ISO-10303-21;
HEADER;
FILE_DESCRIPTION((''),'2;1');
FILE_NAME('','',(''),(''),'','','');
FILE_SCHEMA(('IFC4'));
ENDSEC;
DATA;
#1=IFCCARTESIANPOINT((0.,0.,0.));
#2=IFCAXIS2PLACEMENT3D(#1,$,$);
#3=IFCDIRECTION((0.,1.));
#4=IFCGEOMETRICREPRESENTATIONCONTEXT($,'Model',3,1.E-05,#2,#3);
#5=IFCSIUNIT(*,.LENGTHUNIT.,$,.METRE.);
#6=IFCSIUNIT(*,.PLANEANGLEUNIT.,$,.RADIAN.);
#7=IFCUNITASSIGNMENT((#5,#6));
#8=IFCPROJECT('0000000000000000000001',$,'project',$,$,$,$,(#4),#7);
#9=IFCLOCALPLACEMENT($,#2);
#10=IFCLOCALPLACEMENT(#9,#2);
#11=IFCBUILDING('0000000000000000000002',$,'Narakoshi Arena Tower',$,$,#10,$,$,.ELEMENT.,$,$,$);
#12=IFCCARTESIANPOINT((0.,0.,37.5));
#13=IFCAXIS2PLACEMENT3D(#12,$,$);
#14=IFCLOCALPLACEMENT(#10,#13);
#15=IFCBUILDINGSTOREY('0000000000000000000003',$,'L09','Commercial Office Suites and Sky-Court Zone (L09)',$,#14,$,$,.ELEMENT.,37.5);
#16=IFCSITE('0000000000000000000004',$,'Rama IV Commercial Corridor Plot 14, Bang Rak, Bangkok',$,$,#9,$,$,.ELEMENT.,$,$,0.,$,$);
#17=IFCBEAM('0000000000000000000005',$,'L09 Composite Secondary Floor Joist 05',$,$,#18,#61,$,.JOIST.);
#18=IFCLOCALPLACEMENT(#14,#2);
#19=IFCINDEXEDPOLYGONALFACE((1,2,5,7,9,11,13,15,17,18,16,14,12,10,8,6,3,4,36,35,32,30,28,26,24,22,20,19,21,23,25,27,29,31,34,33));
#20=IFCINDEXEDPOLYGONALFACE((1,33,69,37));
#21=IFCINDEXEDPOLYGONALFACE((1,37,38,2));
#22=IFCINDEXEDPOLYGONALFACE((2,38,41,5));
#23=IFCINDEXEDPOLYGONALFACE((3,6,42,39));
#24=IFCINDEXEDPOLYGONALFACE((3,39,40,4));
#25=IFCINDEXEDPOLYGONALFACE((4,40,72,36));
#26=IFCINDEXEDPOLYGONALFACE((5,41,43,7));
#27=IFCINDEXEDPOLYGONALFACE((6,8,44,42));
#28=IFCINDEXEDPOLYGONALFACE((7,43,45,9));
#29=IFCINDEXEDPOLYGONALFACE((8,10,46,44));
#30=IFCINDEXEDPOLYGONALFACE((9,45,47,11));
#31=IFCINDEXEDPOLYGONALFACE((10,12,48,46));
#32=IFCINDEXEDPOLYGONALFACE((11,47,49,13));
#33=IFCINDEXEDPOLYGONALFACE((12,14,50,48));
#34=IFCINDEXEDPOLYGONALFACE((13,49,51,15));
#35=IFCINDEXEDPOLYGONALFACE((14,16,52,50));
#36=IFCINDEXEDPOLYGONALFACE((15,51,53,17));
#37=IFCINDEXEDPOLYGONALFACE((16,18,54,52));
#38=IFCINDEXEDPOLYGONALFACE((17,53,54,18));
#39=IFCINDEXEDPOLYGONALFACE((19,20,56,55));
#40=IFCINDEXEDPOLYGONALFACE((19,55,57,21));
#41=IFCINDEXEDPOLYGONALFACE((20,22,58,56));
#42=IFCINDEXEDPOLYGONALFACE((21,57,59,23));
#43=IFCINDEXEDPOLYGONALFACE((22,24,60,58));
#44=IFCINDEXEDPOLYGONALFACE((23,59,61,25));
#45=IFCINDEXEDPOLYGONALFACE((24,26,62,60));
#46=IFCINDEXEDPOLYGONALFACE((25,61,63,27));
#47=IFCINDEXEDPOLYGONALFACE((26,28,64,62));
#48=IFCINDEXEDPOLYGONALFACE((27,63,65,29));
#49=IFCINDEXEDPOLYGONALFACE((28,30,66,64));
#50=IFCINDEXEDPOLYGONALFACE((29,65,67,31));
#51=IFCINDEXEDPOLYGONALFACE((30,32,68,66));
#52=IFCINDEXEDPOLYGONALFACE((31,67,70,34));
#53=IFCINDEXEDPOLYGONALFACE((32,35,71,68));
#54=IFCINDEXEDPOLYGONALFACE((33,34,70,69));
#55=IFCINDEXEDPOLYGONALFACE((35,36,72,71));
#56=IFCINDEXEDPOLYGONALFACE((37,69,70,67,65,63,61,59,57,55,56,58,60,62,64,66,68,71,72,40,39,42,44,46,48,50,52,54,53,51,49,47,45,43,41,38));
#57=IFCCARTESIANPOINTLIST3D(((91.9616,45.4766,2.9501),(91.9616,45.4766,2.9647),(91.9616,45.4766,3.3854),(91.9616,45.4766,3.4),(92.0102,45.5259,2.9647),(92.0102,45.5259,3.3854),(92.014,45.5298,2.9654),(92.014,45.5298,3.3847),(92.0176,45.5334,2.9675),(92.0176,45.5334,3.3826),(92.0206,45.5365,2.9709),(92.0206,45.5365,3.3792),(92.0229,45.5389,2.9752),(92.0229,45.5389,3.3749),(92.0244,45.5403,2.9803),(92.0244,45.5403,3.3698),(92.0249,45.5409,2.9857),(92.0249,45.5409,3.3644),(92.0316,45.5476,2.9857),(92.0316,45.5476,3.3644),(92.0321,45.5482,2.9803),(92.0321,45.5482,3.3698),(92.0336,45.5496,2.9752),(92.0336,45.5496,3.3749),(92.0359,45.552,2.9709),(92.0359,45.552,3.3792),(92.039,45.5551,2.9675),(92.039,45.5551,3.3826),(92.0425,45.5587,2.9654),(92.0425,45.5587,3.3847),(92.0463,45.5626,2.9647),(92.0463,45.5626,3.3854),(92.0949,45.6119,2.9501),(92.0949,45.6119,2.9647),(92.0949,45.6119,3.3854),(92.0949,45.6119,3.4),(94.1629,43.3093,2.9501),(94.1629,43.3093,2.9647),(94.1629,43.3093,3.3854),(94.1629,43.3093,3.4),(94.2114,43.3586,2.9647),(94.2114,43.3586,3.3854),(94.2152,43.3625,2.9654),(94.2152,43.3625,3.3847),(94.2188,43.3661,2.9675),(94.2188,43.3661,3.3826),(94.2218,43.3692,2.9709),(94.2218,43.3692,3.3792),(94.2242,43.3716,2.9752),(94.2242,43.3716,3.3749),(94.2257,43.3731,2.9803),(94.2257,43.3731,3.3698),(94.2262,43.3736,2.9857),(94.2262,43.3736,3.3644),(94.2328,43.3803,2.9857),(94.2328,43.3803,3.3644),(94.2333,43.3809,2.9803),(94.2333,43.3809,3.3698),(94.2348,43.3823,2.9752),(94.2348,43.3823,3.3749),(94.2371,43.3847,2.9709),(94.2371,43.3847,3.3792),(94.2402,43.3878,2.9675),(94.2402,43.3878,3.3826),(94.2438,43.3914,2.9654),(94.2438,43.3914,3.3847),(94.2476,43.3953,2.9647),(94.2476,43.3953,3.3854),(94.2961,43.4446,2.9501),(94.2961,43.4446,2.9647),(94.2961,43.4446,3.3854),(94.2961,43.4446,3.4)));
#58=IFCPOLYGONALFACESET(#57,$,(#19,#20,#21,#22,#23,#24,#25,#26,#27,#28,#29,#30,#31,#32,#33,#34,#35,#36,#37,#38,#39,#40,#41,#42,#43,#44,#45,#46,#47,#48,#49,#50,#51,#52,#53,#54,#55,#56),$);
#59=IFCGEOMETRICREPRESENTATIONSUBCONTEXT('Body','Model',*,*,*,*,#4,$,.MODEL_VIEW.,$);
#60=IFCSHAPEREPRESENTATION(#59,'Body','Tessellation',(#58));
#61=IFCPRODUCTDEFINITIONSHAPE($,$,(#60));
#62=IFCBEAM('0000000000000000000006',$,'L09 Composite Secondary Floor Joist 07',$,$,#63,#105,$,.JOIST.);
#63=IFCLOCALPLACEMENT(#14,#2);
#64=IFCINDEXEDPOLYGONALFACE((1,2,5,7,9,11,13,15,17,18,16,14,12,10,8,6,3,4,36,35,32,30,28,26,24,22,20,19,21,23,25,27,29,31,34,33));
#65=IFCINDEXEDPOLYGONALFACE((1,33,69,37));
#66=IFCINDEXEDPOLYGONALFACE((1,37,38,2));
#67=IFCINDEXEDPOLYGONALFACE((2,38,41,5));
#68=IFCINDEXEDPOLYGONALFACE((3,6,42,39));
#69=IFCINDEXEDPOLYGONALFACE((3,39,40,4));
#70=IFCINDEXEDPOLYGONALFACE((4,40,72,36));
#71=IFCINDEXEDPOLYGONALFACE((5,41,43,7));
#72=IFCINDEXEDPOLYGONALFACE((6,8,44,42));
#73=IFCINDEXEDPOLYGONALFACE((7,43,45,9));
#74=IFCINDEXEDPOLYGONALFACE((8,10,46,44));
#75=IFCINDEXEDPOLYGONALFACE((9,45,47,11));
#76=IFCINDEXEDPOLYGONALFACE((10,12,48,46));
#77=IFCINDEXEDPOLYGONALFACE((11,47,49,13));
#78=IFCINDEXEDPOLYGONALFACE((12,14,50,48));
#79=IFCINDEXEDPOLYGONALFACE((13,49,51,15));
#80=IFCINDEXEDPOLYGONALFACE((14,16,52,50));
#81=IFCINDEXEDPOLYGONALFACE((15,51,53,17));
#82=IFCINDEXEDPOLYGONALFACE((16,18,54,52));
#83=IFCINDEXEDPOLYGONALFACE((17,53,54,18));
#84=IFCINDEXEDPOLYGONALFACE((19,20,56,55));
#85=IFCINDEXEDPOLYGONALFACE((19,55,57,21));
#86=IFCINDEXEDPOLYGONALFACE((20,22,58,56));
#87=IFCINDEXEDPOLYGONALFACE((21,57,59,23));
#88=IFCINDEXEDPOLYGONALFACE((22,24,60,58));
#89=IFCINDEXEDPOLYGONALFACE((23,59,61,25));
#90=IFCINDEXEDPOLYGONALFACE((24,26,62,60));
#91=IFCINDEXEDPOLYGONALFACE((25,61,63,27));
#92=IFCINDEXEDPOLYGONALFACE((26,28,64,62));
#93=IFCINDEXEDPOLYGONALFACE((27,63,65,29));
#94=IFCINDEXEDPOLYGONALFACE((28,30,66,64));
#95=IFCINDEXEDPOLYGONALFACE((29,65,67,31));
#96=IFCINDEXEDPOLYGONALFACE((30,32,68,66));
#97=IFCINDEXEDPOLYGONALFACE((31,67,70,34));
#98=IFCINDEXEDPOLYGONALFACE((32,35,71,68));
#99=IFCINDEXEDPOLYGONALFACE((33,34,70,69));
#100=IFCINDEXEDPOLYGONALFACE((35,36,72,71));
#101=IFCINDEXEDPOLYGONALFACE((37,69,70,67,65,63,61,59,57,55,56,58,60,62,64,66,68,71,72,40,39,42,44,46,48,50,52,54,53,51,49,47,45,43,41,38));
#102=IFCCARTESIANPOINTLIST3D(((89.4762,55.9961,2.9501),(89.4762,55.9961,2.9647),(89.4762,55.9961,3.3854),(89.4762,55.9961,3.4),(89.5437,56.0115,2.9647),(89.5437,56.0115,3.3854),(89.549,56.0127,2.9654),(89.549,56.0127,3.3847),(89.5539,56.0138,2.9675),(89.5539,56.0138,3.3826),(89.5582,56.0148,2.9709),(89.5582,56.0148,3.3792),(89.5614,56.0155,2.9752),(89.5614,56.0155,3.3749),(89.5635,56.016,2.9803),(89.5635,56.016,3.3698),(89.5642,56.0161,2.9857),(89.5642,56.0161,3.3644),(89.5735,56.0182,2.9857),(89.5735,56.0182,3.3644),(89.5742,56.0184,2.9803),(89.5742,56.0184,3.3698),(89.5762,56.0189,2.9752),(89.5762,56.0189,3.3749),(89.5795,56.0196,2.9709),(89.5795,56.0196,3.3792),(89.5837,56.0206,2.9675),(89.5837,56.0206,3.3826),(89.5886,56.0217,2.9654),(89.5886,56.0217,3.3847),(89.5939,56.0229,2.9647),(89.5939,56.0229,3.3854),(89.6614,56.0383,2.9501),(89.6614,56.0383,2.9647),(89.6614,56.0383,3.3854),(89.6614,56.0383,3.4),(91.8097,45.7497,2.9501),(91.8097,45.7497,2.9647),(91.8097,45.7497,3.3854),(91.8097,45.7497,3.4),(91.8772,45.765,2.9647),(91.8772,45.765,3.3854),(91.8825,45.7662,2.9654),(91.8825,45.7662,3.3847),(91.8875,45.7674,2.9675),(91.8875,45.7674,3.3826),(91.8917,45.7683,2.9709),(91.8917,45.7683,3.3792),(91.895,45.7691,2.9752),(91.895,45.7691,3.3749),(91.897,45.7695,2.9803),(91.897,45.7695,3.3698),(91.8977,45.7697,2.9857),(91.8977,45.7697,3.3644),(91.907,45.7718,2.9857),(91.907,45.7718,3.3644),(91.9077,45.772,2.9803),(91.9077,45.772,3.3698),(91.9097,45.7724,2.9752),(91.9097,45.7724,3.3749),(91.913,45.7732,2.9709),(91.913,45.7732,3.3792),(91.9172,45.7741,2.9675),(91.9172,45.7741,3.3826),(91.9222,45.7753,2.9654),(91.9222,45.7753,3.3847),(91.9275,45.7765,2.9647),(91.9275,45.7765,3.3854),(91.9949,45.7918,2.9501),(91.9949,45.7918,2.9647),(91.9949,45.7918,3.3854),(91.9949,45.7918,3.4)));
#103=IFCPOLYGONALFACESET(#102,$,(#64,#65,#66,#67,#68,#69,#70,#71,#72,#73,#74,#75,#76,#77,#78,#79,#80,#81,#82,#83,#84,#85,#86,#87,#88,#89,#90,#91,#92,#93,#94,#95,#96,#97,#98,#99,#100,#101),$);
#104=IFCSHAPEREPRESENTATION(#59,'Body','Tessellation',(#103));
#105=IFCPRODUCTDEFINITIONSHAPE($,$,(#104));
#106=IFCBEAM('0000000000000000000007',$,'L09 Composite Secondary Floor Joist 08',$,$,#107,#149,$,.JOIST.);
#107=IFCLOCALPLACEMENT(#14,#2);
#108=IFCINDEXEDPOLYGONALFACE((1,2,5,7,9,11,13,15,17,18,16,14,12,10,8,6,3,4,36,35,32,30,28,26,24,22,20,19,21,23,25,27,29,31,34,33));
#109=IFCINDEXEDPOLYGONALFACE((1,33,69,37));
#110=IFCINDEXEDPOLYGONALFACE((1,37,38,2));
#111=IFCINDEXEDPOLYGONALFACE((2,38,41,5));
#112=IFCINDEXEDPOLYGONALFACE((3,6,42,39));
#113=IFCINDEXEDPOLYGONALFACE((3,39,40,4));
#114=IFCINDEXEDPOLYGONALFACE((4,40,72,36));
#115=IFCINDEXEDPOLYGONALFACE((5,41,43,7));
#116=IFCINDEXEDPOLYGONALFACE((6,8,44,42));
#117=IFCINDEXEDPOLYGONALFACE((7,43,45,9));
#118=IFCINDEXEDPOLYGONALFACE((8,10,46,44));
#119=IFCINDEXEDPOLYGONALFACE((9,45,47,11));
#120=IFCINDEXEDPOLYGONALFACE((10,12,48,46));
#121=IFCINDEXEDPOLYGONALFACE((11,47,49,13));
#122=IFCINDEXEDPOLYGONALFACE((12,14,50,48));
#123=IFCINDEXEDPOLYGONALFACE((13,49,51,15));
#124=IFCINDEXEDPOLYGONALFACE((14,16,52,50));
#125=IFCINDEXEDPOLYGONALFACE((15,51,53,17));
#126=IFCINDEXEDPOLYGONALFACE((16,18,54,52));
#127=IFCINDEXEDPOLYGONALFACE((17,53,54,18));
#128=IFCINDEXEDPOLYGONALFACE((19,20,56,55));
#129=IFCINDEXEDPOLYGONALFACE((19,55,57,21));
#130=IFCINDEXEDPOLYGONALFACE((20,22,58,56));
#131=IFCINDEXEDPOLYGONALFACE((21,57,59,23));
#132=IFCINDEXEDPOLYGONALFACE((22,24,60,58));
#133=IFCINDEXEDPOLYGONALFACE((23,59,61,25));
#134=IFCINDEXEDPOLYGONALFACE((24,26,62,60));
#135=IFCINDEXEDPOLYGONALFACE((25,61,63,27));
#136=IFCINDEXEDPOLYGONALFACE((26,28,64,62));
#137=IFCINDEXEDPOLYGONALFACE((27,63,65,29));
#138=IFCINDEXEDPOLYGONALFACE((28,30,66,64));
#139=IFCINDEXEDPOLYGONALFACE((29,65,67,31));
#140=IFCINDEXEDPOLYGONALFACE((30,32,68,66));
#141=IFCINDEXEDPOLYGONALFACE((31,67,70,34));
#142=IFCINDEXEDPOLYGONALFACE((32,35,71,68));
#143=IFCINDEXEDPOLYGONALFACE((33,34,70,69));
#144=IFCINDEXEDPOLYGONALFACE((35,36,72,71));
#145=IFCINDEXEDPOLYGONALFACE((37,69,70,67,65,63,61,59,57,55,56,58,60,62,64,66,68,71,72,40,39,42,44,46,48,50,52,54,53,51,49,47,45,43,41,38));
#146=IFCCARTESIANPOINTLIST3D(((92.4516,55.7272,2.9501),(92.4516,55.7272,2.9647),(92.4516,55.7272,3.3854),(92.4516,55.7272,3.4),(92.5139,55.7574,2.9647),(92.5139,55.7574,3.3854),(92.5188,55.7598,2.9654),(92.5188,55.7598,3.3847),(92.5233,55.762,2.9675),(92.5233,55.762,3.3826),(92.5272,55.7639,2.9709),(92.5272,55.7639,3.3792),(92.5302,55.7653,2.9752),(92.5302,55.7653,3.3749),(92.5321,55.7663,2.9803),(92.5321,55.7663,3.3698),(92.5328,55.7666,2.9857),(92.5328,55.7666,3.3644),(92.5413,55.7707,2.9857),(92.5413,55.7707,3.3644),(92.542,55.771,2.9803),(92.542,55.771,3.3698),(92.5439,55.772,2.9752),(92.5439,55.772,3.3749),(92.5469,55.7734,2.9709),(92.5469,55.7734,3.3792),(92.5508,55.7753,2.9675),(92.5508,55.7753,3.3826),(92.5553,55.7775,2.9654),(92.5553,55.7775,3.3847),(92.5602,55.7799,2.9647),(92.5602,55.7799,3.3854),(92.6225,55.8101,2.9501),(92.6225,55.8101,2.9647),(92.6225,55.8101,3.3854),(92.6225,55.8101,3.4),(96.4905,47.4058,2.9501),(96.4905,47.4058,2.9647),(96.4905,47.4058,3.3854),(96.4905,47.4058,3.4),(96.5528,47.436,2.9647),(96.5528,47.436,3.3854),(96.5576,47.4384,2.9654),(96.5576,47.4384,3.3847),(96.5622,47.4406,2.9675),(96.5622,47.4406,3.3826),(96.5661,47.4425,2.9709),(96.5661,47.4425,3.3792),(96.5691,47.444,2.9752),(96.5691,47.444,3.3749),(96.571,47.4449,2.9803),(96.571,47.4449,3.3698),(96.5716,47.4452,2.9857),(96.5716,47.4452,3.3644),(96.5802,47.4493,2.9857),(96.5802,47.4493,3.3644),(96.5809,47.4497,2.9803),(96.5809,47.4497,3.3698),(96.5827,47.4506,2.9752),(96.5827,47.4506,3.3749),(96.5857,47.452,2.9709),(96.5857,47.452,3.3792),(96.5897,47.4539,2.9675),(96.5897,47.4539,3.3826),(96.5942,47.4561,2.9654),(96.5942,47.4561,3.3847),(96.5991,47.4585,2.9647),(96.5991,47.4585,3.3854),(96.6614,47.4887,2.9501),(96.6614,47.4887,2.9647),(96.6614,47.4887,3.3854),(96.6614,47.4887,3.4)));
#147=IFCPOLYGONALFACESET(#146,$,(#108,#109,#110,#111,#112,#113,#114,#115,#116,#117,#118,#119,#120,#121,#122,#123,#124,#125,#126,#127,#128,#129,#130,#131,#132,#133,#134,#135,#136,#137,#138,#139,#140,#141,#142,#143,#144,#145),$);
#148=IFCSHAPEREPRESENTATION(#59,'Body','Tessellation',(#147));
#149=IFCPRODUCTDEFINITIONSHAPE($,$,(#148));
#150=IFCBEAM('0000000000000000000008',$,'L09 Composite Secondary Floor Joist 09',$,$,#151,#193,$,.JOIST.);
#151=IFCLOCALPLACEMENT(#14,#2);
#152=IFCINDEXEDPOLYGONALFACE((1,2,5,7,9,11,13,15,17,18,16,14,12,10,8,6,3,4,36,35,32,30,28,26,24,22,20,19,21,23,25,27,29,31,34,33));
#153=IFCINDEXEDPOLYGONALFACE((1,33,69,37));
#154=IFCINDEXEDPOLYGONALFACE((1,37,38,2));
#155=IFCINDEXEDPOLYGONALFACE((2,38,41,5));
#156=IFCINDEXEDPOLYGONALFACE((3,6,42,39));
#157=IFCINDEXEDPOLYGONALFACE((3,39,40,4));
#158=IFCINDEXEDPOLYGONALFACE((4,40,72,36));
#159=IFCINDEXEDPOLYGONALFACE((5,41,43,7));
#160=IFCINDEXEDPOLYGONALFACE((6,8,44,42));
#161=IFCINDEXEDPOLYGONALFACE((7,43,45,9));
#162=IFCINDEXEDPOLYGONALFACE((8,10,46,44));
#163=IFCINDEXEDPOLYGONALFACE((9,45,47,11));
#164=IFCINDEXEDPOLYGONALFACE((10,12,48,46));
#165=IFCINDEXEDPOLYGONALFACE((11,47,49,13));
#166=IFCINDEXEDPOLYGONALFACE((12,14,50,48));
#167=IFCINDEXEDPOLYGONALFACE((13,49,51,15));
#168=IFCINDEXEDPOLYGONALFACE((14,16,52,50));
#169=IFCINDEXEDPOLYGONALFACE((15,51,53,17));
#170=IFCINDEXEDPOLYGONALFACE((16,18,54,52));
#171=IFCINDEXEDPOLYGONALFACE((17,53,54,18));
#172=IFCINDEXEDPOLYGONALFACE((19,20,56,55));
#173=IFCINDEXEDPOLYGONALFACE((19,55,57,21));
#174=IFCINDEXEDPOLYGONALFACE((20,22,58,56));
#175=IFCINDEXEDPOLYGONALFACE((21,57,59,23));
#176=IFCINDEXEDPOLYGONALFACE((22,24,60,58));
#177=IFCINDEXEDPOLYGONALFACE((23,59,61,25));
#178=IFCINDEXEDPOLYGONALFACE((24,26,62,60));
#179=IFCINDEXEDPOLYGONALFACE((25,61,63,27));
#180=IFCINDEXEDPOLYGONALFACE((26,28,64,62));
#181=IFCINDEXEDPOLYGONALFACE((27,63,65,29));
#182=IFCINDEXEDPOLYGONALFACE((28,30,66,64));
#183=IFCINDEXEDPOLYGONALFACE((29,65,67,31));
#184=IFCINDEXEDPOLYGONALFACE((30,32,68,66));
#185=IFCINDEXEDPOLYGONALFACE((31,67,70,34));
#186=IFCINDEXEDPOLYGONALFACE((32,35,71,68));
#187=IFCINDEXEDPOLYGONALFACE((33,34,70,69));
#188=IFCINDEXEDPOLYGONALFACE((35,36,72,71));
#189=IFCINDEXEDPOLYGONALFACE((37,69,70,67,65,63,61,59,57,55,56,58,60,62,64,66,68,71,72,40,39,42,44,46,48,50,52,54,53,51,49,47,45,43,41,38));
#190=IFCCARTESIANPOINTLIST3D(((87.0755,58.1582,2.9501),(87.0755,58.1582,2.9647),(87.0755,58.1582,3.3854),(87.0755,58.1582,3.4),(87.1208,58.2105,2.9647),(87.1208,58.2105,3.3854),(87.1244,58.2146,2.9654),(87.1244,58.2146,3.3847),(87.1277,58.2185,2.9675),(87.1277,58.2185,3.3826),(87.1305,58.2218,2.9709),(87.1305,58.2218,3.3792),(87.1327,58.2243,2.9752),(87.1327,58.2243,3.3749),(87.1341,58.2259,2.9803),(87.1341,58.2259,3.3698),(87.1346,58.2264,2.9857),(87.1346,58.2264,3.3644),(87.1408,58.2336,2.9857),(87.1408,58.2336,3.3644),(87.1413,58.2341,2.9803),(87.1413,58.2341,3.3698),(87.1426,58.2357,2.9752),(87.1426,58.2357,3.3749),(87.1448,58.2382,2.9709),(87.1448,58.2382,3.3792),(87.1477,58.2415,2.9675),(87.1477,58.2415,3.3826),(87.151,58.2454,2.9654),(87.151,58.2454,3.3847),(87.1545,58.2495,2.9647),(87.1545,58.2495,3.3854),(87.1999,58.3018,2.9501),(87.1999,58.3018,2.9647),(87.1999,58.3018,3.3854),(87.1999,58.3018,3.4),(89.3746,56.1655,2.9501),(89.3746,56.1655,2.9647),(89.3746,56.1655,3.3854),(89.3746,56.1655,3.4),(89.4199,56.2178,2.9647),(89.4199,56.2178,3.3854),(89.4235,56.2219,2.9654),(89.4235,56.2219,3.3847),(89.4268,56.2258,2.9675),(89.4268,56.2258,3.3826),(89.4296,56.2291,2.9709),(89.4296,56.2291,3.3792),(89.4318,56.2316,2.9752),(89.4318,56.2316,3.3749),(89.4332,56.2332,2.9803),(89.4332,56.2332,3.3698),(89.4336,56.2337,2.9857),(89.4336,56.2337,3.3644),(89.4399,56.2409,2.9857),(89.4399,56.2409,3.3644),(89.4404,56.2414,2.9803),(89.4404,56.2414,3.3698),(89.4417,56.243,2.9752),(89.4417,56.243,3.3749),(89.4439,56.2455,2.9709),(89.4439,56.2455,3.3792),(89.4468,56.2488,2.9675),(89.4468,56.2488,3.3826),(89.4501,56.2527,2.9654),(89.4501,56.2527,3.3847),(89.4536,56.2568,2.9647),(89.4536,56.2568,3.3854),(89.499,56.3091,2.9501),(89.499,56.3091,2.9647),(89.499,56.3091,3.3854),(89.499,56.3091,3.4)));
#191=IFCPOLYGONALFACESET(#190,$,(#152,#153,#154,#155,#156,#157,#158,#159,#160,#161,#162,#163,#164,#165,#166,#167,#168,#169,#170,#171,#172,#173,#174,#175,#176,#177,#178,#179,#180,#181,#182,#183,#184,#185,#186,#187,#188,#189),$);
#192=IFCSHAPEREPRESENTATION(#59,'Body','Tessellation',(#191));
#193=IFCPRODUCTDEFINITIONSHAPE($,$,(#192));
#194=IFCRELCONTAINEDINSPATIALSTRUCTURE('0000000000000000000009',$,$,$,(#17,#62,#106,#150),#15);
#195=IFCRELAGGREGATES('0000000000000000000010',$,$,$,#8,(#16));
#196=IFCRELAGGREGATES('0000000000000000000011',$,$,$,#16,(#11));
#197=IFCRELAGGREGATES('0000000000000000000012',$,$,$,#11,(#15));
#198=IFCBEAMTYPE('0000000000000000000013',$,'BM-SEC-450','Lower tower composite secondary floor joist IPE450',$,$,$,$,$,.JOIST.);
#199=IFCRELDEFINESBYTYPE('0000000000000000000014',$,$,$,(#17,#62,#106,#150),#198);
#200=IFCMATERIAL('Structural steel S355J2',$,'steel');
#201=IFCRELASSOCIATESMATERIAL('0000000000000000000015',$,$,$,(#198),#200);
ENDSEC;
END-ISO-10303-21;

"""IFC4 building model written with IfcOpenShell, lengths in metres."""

from ifc_helpers import new_model, si_unit, direction, frame, origin, origin_2d, place, context, subcontext, project, spatial, i_section, extrude, material, material_profile, profile_set, type_object, element, save


model = new_model("IFC4")

# Units and contexts
model_context = context("Model", 3, precision=1e-05, world=origin(), true_north=direction((0.0, 1.0)))
body_context = subcontext(model_context, "Body", "Model", "MODEL_VIEW")
ifc_project = project(units=[si_unit("LENGTHUNIT", "METRE"), si_unit("PLANEANGLEUNIT", "RADIAN")], contexts=[model_context])

# Site, building, storey
site_placement = place(None, origin())
site = spatial("IfcSite", under=ifc_project, at=site_placement, Name="Rama IV Commercial Corridor Plot 14, Bang Rak, Bangkok", CompositionType="ELEMENT", RefElevation=0.0)
building_placement = place(site_placement, origin())
building = spatial("IfcBuilding", under=site, at=building_placement, Name="Narakoshi Arena Tower", CompositionType="ELEMENT")
storey_placement = place(building_placement, frame((0.0, 0.0, 37.5)))
storey = spatial("IfcBuildingStorey", under=building, at=storey_placement, Name="L09", Description="Commercial Office Suites and Sky-Court Zone (L09)", CompositionType="ELEMENT", Elevation=37.5)

# Beams
ifc_material_1 = material(Name="Structural steel S355J2", Category="steel")
ifc_material_profile_1 = material_profile(ifc_material_1, i_section(OverallWidth=0.1899, OverallDepth=0.45, WebThickness=0.0095, FlangeThickness=0.0146, FilletRadius=0.021, at=origin_2d()), Name="IPE450")
ifc_profile_set_1 = profile_set([ifc_material_profile_1], Name="Structural steel S355J2")
beam_type_1 = type_object("IfcBeamType", Name="BM-SEC-450", Description="Lower tower composite secondary floor joist IPE450", PredefinedType="JOIST", material=ifc_profile_set_1)
beam_1_placement = place(storey_placement, frame((94.2295, 43.377, 3.175), z_axis=(-0.712578, 0.701593, 0.0), x_axis=(-0.701593, -0.712578, 0.0)))
element("IfcBeam", 1, at=beam_1_placement, inside=storey, type_object=beam_type_1, Name="L09 Composite Secondary Floor Joist 05", PredefinedType="JOIST", context=body_context, shape_type="SweptSolid", body=[
    extrude(i_section(OverallWidth=0.1899, OverallDepth=0.45, WebThickness=0.0095, FlangeThickness=0.0146, FilletRadius=0.021, at=origin_2d()), origin(), (0.0, 0.0, 1.0), 3.0891),
])
beam_2_placement = place(storey_placement, frame((91.9023, 45.7708, 3.175), z_axis=(-0.222054, 0.975034, 0.0), x_axis=(-0.975034, -0.222054, 0.0)))
element("IfcBeam", 2, at=beam_2_placement, inside=storey, type_object=beam_type_1, Name="L09 Composite Secondary Floor Joist 07", PredefinedType="JOIST", context=body_context, shape_type="SweptSolid", body=[
    extrude(i_section(OverallWidth=0.1899, OverallDepth=0.45, WebThickness=0.0095, FlangeThickness=0.0146, FilletRadius=0.021, at=origin_2d()), origin(), (0.0, 0.0, 1.0), 10.5088),
])
beam_3_placement = place(storey_placement, frame((96.5759, 47.4473, 3.175), z_axis=(-0.436646, 0.899633, 0.0), x_axis=(-0.899633, -0.436646, 0.0)))
element("IfcBeam", 3, at=beam_3_placement, inside=storey, type_object=beam_type_1, Name="L09 Composite Secondary Floor Joist 08", PredefinedType="JOIST", context=body_context, shape_type="SweptSolid", body=[
    extrude(i_section(OverallWidth=0.1899, OverallDepth=0.45, WebThickness=0.0095, FlangeThickness=0.0146, FilletRadius=0.021, at=origin_2d()), origin(), (0.0, 0.0, 1.0), 9.2498),
])
beam_4_placement = place(storey_placement, frame((89.4368, 56.2373, 3.175), z_axis=(-0.755665, 0.654958, 0.0), x_axis=(-0.654958, -0.755665, 0.0)))
element("IfcBeam", 4, at=beam_4_placement, inside=storey, type_object=beam_type_1, Name="L09 Composite Secondary Floor Joist 09", PredefinedType="JOIST", context=body_context, shape_type="SweptSolid", body=[
    extrude(i_section(OverallWidth=0.1899, OverallDepth=0.45, WebThickness=0.0095, FlangeThickness=0.0146, FilletRadius=0.021, at=origin_2d()), origin(), (0.0, 0.0, 1.0), 3.0425),
])

save(model, "model.ifc")
